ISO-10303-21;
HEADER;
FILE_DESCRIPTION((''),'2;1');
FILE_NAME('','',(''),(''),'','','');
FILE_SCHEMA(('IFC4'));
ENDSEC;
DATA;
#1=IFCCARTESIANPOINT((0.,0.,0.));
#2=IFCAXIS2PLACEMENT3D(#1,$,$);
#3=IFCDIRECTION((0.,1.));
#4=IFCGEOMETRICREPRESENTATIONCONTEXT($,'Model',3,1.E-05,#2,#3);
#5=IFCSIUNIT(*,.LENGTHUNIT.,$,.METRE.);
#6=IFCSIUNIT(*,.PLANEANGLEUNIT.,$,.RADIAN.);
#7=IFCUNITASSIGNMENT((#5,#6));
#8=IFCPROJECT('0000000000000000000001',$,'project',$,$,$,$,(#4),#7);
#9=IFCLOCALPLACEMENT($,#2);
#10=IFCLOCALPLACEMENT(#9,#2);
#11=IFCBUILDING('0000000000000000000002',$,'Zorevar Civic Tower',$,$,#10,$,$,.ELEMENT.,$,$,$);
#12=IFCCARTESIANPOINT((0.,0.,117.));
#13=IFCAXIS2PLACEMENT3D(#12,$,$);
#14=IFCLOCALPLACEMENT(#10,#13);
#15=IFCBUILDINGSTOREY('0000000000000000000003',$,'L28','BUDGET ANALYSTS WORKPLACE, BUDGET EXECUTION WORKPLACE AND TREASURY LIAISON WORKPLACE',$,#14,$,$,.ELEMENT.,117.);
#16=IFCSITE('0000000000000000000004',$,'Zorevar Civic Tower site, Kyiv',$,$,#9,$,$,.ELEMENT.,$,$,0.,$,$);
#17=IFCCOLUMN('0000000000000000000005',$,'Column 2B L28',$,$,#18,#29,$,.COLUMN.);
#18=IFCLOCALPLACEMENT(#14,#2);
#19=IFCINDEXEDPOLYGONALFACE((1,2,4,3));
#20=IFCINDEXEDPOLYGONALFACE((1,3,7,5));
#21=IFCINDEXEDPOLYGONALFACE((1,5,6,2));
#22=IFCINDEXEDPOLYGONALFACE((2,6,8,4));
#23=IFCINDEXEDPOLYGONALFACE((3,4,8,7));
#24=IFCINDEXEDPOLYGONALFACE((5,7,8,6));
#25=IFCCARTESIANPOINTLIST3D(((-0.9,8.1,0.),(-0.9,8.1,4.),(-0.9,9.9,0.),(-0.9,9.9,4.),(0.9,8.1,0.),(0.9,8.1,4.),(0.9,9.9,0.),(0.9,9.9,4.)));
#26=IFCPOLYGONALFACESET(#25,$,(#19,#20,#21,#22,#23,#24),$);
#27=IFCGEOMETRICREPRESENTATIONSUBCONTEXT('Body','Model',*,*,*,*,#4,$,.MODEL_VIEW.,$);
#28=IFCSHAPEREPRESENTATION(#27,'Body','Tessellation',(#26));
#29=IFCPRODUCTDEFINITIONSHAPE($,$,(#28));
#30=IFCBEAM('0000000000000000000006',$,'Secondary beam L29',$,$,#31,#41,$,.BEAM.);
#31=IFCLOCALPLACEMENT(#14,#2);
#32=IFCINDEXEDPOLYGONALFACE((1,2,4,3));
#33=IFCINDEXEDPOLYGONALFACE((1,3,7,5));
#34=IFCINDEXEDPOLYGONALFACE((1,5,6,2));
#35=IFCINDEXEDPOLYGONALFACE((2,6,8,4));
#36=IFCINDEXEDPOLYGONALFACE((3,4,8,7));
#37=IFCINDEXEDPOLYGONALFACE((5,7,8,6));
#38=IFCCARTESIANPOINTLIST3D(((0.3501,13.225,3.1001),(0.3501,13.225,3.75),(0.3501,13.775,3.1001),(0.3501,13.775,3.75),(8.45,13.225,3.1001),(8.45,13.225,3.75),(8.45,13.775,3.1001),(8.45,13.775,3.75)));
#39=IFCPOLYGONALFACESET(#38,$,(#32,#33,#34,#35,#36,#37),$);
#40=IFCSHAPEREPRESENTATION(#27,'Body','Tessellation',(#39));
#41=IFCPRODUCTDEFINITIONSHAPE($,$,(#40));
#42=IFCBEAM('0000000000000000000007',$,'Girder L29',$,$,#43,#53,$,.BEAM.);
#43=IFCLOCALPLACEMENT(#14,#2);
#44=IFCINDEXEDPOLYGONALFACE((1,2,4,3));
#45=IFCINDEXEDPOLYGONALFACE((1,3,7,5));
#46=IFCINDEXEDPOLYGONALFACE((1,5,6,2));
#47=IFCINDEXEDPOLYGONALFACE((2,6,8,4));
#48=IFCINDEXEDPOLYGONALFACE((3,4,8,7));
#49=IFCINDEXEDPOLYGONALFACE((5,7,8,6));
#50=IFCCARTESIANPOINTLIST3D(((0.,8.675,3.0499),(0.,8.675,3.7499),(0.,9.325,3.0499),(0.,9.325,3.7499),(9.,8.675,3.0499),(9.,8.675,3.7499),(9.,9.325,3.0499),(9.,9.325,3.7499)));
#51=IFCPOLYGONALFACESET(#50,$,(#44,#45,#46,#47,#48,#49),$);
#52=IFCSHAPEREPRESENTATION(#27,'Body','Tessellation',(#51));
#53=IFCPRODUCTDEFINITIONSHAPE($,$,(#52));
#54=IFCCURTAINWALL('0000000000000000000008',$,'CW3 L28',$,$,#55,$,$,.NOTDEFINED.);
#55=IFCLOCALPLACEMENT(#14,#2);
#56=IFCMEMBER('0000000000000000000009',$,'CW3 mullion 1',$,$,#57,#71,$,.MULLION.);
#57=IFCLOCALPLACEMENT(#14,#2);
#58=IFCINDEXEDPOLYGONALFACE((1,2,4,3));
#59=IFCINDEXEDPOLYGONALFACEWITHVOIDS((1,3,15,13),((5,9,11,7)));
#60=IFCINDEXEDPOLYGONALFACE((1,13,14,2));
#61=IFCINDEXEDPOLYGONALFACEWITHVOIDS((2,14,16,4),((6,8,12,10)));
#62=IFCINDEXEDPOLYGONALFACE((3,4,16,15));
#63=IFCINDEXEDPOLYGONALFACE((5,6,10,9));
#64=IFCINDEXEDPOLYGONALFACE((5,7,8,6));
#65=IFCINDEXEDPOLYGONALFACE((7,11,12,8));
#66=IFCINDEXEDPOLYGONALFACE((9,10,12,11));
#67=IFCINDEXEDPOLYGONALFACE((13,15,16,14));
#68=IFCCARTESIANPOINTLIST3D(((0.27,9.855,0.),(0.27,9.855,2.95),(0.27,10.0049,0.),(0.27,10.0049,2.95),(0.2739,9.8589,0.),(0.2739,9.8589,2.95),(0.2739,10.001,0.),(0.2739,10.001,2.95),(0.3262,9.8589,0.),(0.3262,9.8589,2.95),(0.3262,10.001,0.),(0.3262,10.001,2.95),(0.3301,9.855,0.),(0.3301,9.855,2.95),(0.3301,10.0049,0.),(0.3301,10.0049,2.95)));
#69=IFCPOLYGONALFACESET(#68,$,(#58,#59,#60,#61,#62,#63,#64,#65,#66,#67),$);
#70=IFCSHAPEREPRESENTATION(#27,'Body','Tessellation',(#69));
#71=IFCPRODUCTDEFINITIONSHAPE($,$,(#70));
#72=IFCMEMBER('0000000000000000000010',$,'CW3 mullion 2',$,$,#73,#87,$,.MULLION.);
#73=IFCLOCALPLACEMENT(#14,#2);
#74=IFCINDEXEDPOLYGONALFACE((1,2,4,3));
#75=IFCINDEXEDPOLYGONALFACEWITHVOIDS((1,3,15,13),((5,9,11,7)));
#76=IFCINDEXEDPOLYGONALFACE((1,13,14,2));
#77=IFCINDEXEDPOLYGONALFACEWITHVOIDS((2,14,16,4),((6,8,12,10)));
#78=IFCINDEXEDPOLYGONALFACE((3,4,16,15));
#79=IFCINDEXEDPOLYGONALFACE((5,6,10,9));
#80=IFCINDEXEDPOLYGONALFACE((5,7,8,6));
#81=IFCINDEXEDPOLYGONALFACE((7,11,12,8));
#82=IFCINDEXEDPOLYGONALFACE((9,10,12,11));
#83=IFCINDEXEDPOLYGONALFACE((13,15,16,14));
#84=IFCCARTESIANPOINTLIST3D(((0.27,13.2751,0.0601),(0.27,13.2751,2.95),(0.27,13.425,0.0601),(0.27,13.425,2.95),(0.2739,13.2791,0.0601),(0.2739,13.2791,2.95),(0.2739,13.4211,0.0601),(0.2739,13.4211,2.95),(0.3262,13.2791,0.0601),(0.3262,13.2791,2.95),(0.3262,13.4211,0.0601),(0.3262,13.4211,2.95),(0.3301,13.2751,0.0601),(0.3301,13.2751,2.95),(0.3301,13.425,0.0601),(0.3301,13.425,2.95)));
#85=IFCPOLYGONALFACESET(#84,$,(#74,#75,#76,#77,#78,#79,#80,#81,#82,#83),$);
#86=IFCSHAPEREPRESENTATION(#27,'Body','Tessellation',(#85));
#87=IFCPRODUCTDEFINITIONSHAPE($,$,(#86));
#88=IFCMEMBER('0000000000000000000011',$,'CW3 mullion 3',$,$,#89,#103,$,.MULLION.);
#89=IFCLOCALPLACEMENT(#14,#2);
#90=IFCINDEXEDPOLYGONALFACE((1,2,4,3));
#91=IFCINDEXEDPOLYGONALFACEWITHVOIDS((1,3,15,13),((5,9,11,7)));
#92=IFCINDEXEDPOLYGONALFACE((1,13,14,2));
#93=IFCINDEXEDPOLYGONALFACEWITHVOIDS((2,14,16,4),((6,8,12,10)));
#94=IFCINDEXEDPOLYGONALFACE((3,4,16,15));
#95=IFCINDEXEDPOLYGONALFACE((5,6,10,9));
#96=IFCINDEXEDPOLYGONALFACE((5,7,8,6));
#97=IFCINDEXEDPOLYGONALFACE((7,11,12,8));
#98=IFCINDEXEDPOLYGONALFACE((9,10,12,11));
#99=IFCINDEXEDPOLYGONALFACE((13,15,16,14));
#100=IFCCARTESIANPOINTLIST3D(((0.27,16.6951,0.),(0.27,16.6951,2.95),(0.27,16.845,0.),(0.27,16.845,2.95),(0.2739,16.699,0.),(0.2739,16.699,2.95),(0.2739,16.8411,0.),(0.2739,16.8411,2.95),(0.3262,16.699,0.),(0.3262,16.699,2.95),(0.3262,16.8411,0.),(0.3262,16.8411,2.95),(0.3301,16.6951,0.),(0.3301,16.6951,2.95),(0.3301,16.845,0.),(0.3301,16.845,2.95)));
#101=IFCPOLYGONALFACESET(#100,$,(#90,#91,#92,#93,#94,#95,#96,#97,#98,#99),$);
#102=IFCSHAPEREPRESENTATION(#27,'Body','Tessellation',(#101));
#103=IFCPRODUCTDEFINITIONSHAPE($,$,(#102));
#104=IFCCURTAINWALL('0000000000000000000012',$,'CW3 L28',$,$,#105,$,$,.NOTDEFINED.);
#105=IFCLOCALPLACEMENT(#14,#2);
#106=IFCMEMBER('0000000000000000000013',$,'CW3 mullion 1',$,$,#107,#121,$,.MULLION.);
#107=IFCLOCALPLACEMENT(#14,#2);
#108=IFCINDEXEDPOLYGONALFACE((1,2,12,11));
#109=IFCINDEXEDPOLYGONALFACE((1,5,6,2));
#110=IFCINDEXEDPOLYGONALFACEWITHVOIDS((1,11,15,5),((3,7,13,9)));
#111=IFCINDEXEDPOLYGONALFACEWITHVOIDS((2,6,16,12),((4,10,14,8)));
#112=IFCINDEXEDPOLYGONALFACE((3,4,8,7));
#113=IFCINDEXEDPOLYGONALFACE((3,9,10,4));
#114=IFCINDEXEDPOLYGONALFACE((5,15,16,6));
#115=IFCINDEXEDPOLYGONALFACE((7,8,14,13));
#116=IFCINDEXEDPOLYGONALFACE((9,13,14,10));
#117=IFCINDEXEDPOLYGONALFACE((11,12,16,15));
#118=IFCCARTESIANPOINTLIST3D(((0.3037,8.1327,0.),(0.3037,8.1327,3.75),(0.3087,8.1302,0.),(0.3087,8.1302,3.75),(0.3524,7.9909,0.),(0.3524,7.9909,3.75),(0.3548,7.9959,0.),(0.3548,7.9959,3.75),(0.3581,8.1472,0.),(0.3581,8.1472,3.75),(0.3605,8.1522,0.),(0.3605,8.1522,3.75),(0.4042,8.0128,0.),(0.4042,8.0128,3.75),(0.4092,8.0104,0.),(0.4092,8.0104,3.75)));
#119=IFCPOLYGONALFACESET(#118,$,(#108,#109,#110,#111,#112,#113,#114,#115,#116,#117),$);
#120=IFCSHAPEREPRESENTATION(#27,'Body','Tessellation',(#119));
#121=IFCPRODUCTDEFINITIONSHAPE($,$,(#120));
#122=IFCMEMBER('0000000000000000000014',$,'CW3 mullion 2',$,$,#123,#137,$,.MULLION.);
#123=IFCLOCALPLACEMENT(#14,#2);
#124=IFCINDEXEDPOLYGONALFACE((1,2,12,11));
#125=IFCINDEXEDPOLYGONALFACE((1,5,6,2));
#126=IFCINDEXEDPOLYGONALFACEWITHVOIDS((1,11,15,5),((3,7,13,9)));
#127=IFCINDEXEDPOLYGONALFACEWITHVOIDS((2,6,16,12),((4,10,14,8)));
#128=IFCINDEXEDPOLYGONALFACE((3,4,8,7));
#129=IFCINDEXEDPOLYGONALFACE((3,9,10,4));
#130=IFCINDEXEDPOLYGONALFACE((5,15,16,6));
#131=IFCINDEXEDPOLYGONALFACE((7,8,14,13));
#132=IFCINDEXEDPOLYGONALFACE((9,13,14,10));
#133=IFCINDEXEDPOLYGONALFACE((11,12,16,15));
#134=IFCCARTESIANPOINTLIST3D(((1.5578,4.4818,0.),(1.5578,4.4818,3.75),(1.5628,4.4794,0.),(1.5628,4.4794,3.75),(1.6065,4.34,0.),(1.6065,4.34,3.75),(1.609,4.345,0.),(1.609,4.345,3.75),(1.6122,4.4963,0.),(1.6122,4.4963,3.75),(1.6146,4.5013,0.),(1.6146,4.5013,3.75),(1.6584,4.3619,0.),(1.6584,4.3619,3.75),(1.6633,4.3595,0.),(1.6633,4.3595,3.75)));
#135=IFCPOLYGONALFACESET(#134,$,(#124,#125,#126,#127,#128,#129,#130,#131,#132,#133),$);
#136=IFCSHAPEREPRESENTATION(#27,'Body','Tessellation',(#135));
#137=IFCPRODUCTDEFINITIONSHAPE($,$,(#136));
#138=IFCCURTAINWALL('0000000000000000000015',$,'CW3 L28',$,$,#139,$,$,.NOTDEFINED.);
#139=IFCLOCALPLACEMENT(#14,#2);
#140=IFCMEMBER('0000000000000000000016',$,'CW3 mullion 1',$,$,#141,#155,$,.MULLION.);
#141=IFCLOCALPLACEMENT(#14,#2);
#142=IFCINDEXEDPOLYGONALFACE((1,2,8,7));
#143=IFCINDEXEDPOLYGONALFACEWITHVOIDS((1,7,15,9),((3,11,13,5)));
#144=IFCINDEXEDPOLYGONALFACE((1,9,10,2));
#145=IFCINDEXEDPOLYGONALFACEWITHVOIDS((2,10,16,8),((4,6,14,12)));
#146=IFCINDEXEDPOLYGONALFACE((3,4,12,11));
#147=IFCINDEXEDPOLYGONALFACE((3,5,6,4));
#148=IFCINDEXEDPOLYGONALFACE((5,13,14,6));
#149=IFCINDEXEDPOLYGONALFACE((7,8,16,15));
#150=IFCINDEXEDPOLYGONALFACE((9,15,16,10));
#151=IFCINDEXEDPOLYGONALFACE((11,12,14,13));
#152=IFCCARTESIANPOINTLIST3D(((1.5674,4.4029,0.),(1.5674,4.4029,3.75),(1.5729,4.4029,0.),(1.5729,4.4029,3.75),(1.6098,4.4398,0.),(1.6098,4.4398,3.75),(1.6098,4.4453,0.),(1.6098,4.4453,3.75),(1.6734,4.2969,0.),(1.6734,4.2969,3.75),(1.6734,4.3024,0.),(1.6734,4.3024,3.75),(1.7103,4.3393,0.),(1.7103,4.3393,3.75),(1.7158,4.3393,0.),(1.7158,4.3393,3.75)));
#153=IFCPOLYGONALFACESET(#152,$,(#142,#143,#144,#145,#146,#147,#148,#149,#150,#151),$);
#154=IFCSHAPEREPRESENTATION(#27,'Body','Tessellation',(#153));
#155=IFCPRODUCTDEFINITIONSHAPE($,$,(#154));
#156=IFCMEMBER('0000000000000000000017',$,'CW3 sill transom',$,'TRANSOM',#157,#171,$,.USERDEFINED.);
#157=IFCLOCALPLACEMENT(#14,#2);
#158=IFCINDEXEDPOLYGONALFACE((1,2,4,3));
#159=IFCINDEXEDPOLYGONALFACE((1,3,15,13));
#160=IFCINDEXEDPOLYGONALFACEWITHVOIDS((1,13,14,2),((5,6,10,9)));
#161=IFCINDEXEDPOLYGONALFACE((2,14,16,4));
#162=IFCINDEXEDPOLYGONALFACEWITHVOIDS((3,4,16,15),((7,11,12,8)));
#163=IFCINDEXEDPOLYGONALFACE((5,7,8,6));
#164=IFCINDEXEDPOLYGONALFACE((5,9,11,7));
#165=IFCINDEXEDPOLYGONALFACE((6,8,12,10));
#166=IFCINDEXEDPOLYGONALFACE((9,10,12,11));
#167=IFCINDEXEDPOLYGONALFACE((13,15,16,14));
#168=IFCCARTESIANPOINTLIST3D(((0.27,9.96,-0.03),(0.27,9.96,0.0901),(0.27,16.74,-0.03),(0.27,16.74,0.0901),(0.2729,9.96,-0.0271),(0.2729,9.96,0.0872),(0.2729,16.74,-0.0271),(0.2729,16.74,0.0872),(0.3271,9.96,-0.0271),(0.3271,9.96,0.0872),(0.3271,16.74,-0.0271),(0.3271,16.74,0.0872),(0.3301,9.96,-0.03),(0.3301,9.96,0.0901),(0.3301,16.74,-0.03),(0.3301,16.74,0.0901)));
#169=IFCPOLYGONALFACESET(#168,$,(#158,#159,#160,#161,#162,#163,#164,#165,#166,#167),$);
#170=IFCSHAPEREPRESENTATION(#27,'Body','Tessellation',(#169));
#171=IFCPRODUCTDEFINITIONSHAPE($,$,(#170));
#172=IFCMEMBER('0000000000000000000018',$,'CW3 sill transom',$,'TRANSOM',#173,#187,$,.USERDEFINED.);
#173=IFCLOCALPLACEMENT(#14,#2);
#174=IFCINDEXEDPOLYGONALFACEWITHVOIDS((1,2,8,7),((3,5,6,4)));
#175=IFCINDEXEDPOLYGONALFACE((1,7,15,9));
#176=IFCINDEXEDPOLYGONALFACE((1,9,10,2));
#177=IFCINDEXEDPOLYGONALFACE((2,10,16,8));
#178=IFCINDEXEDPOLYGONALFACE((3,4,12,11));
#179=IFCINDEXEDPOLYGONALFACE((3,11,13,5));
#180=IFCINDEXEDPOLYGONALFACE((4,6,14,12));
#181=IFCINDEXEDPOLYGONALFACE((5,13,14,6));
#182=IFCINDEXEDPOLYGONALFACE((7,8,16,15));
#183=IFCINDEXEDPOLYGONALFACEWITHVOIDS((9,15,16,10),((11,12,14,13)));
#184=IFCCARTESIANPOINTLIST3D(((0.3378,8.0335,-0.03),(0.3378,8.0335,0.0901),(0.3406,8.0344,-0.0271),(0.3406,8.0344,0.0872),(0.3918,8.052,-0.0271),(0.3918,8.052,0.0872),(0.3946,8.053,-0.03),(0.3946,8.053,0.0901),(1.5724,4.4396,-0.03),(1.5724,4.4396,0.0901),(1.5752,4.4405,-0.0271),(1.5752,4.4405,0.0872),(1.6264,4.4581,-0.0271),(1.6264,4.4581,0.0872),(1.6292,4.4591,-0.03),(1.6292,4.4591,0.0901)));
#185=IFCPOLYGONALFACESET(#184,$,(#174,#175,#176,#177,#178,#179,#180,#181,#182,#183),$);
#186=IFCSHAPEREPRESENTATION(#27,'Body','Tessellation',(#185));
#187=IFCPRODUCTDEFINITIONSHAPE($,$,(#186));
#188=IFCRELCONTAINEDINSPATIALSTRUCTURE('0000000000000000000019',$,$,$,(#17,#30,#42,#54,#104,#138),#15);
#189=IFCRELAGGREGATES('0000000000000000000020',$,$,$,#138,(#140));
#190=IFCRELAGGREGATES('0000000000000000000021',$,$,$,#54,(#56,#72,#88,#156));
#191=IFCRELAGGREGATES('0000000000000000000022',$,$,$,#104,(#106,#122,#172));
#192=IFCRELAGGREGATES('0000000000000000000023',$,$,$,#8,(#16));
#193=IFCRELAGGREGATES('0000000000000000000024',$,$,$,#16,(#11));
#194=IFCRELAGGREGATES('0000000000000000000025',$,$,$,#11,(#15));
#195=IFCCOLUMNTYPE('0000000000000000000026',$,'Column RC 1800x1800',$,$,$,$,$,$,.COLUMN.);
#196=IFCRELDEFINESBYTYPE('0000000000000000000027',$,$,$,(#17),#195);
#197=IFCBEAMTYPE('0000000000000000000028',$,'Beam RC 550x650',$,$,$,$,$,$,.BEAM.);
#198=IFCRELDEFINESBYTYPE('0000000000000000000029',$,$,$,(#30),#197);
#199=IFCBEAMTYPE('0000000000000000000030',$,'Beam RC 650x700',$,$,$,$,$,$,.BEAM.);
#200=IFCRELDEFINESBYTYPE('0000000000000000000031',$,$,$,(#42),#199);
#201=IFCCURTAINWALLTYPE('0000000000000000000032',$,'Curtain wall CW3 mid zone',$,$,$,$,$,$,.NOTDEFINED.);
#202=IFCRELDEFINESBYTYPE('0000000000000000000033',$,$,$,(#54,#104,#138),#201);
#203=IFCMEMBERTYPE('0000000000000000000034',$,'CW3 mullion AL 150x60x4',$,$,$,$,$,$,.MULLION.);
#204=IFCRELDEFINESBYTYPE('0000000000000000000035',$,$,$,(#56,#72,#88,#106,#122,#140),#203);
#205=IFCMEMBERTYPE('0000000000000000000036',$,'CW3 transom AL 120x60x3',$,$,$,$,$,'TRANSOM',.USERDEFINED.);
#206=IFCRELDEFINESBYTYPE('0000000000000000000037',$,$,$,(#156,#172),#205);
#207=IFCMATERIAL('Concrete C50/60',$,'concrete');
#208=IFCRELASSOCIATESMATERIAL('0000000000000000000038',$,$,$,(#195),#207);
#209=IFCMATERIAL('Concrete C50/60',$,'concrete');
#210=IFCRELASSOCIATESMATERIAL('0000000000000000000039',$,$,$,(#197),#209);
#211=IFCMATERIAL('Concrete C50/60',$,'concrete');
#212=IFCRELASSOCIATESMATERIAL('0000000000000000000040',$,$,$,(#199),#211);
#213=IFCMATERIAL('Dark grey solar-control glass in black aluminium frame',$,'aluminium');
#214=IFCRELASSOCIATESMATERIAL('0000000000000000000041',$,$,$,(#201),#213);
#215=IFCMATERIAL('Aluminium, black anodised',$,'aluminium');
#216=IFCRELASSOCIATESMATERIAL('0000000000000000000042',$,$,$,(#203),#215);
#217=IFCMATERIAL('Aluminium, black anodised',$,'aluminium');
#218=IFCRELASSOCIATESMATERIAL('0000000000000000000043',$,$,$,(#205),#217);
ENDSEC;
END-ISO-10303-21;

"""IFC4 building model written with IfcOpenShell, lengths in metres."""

from ifc_helpers import new_model, si_unit, direction, frame, origin, origin_2d, place, context, subcontext, project, spatial, rectangle, hollow_rectangle, extrude, material, material_profile, profile_set, type_object, element, aggregate, save


model = new_model("IFC4")

# Units and contexts
model_context = context("Model", 3, precision=1e-05, world=origin(), true_north=direction((0.0, 1.0)))
body_context = subcontext(model_context, "Body", "Model", "MODEL_VIEW")
ifc_project = project(units=[si_unit("LENGTHUNIT", "METRE"), si_unit("PLANEANGLEUNIT", "RADIAN")], contexts=[model_context])

# Site, building, storey
site_placement = place(None, origin())
site = spatial("IfcSite", under=ifc_project, at=site_placement, Name="Zorevar Civic Tower site, Kyiv", CompositionType="ELEMENT", RefElevation=0.0)
building_placement = place(site_placement, origin())
building = spatial("IfcBuilding", under=site, at=building_placement, Name="Zorevar Civic Tower", CompositionType="ELEMENT")
storey_placement = place(building_placement, frame((0.0, 0.0, 117.0)))
storey = spatial("IfcBuildingStorey", under=building, at=storey_placement, Name="L28", Description="BUDGET ANALYSTS WORKPLACE, BUDGET EXECUTION WORKPLACE AND TREASURY LIAISON WORKPLACE", CompositionType="ELEMENT", Elevation=117.0)

# Column
ifc_material_1 = material(Name="Concrete C50/60", Category="concrete")
ifc_material_profile_1 = material_profile(ifc_material_1, rectangle(XDim=1.8, YDim=1.8, at=origin_2d()), Name="RC 1800x1800")
ifc_profile_set_1 = profile_set([ifc_material_profile_1], Name="Concrete C50/60")
column_type = type_object("IfcColumnType", Name="Column RC 1800x1800", PredefinedType="COLUMN", material=ifc_profile_set_1)
column_placement = place(storey_placement, frame((0.0, 9.0, 0.0), z_axis=(0.0, 0.0, 1.0), x_axis=(1.0, 0.0, 0.0)))
element("IfcColumn", 1, at=column_placement, inside=storey, type_object=column_type, Name="Column 2B L28", PredefinedType="COLUMN", context=body_context, shape_type="SweptSolid", body=[
    extrude(rectangle(XDim=1.8, YDim=1.8, at=origin_2d()), origin(), (0.0, 0.0, 1.0), 4.0),
])

# Beams
ifc_material_2 = material(Name="Concrete C50/60", Category="concrete")
ifc_material_profile_2 = material_profile(ifc_material_2, rectangle(XDim=0.55, YDim=0.6499, at=origin_2d()), Name="RC 550x650")
ifc_profile_set_2 = profile_set([ifc_material_profile_2], Name="Concrete C50/60")
beam_type_1 = type_object("IfcBeamType", Name="Beam RC 550x650", PredefinedType="BEAM", material=ifc_profile_set_2)
beam_1_placement = place(storey_placement, frame((0.3501, 13.5, 3.425), z_axis=(1.0, 0.0, 0.0), x_axis=(0.0, 1.0, 0.0)))
element("IfcBeam", 2, at=beam_1_placement, inside=storey, type_object=beam_type_1, Name="Secondary beam L29", PredefinedType="BEAM", context=body_context, shape_type="SweptSolid", body=[
    extrude(rectangle(XDim=0.55, YDim=0.6499, at=origin_2d()), origin(), (0.0, 0.0, 1.0), 8.0999),
])
ifc_material_3 = material(Name="Concrete C50/60", Category="concrete")
ifc_material_profile_3 = material_profile(ifc_material_3, rectangle(XDim=0.6499, YDim=0.7, at=origin_2d()), Name="RC 650x700")
ifc_profile_set_3 = profile_set([ifc_material_profile_3], Name="Concrete C50/60")
beam_type_2 = type_object("IfcBeamType", Name="Beam RC 650x700", PredefinedType="BEAM", material=ifc_profile_set_3)
beam_2_placement = place(storey_placement, frame((0.0, 9.0, 3.3999), z_axis=(1.0, 0.0, 0.0), x_axis=(0.0, 1.0, 0.0)))
element("IfcBeam", 3, at=beam_2_placement, inside=storey, type_object=beam_type_2, Name="Girder L29", PredefinedType="BEAM", context=body_context, shape_type="SweptSolid", body=[
    extrude(rectangle(XDim=0.6499, YDim=0.7, at=origin_2d()), origin(), (0.0, 0.0, 1.0), 9.0),
])

# Curtain walls, members
ifc_material_4 = material(Name="Dark grey solar-control glass in black aluminium frame", Category="aluminium")
curtain_wall_type = type_object("IfcCurtainWallType", Name="Curtain wall CW3 mid zone", PredefinedType="NOTDEFINED", material=ifc_material_4)
curtain_wall_1_placement = place(storey_placement, origin())
curtain_wall_1 = element("IfcCurtainWall", 4, at=curtain_wall_1_placement, inside=storey, type_object=curtain_wall_type, Name="CW3 L28", PredefinedType="NOTDEFINED")
ifc_material_5 = material(Name="Aluminium, black anodised", Category="aluminium")
ifc_material_profile_4 = material_profile(ifc_material_5, hollow_rectangle(XDim=0.0601, YDim=0.1499, WallThickness=0.0039, at=origin_2d()), Name="AL 150x60x4")
ifc_profile_set_4 = profile_set([ifc_material_profile_4], Name="Aluminium, black anodised")
member_type_1 = type_object("IfcMemberType", Name="CW3 mullion AL 150x60x4", PredefinedType="MULLION", material=ifc_profile_set_4)
member_1_placement = place(storey_placement, frame((0.3, 9.9299, 0.0), z_axis=(0.0, 0.0, 1.0), x_axis=(-1.0, 0.0, 0.0)))
member_1 = element("IfcMember", 5, at=member_1_placement, type_object=member_type_1, Name="CW3 mullion 1", PredefinedType="MULLION", context=body_context, shape_type="SweptSolid", body=[
    extrude(hollow_rectangle(XDim=0.0601, YDim=0.1499, WallThickness=0.0039, at=origin_2d()), origin(), (0.0, 0.0, 1.0), 2.95),
])
member_2_placement = place(storey_placement, frame((0.3, 13.3501, 0.0601), z_axis=(0.0, 0.0, 1.0), x_axis=(-1.0, 0.0, 0.0)))
member_2 = element("IfcMember", 6, at=member_2_placement, type_object=member_type_1, Name="CW3 mullion 2", PredefinedType="MULLION", context=body_context, shape_type="SweptSolid", body=[
    extrude(hollow_rectangle(XDim=0.0601, YDim=0.1499, WallThickness=0.0039, at=origin_2d()), origin(), (0.0, 0.0, 1.0), 2.8899),
])
member_3_placement = place(storey_placement, frame((0.3, 16.77, 0.0), z_axis=(0.0, 0.0, 1.0), x_axis=(-1.0, 0.0, 0.0)))
member_3 = element("IfcMember", 7, at=member_3_placement, type_object=member_type_1, Name="CW3 mullion 3", PredefinedType="MULLION", context=body_context, shape_type="SweptSolid", body=[
    extrude(hollow_rectangle(XDim=0.0601, YDim=0.1499, WallThickness=0.0039, at=origin_2d()), origin(), (0.0, 0.0, 1.0), 2.95),
])
curtain_wall_2_placement = place(storey_placement, origin())
curtain_wall_2 = element("IfcCurtainWall", 8, at=curtain_wall_2_placement, inside=storey, type_object=curtain_wall_type, Name="CW3 L28", PredefinedType="NOTDEFINED")
member_4_placement = place(storey_placement, frame((0.3564, 8.0715, 0.0), z_axis=(0.0, 0.0, 1.0), x_axis=(0.945756, 0.324878, 0.0)))
member_4 = element("IfcMember", 9, at=member_4_placement, type_object=member_type_1, Name="CW3 mullion 1", PredefinedType="MULLION", context=body_context, shape_type="SweptSolid", body=[
    extrude(hollow_rectangle(XDim=0.0601, YDim=0.1499, WallThickness=0.0039, at=origin_2d()), origin(), (0.0, 0.0, 1.0), 3.75),
])
member_5_placement = place(storey_placement, frame((1.6106, 4.4207, 0.0), z_axis=(0.0, 0.0, 1.0), x_axis=(0.945756, 0.324878, 0.0)))
member_5 = element("IfcMember", 10, at=member_5_placement, type_object=member_type_1, Name="CW3 mullion 2", PredefinedType="MULLION", context=body_context, shape_type="SweptSolid", body=[
    extrude(hollow_rectangle(XDim=0.0601, YDim=0.1499, WallThickness=0.0039, at=origin_2d()), origin(), (0.0, 0.0, 1.0), 3.75),
])

# Curtain wall, member
curtain_wall_3_placement = place(storey_placement, origin())
curtain_wall_3 = element("IfcCurtainWall", 11, at=curtain_wall_3_placement, inside=storey, type_object=curtain_wall_type, Name="CW3 L28", PredefinedType="NOTDEFINED")
member_6_placement = place(storey_placement, frame((1.6416, 4.3711, 0.0), z_axis=(0.0, 0.0, 1.0), x_axis=(0.707107, 0.707107, 0.0)))
member_6 = element("IfcMember", 12, at=member_6_placement, type_object=member_type_1, Name="CW3 mullion 1", PredefinedType="MULLION", context=body_context, shape_type="SweptSolid", body=[
    extrude(hollow_rectangle(XDim=0.0601, YDim=0.1499, WallThickness=0.0039, at=origin_2d()), origin(), (0.0, 0.0, 1.0), 3.75),
])

# Members
ifc_material_6 = material(Name="Aluminium, black anodised", Category="aluminium")
ifc_material_profile_5 = material_profile(ifc_material_6, hollow_rectangle(XDim=0.0601, YDim=0.1201, WallThickness=0.0029, at=origin_2d()), Name="AL 120x60x3")
ifc_profile_set_5 = profile_set([ifc_material_profile_5], Name="Aluminium, black anodised")
member_type_2 = type_object("IfcMemberType", Name="CW3 transom AL 120x60x3", ElementType="TRANSOM", PredefinedType="USERDEFINED", material=ifc_profile_set_5)
member_7_placement = place(storey_placement, frame((0.3, 9.96, 0.03), z_axis=(0.0, 1.0, 0.0), x_axis=(-1.0, 0.0, 0.0)))
member_7 = element("IfcMember", 13, at=member_7_placement, type_object=member_type_2, Name="CW3 sill transom", ObjectType="TRANSOM", PredefinedType="USERDEFINED", context=body_context, shape_type="SweptSolid", body=[
    extrude(hollow_rectangle(XDim=0.0601, YDim=0.1201, WallThickness=0.0029, at=origin_2d()), origin(), (0.0, 0.0, 1.0), 6.78),
])
member_8_placement = place(storey_placement, frame((0.3662, 8.0432, 0.03), z_axis=(0.324888, -0.945753, 0.0), x_axis=(0.945753, 0.324888, 0.0)))
member_8 = element("IfcMember", 14, at=member_8_placement, type_object=member_type_2, Name="CW3 sill transom", ObjectType="TRANSOM", PredefinedType="USERDEFINED", context=body_context, shape_type="SweptSolid", body=[
    extrude(hollow_rectangle(XDim=0.0601, YDim=0.1201, WallThickness=0.0029, at=origin_2d()), origin(), (0.0, 0.0, 1.0), 3.8),
])
aggregate(curtain_wall_3, [member_6])

aggregate(curtain_wall_1, [member_1, member_2, member_3, member_7])
aggregate(curtain_wall_2, [member_4, member_5, member_8])

save(model, "model.ifc")
